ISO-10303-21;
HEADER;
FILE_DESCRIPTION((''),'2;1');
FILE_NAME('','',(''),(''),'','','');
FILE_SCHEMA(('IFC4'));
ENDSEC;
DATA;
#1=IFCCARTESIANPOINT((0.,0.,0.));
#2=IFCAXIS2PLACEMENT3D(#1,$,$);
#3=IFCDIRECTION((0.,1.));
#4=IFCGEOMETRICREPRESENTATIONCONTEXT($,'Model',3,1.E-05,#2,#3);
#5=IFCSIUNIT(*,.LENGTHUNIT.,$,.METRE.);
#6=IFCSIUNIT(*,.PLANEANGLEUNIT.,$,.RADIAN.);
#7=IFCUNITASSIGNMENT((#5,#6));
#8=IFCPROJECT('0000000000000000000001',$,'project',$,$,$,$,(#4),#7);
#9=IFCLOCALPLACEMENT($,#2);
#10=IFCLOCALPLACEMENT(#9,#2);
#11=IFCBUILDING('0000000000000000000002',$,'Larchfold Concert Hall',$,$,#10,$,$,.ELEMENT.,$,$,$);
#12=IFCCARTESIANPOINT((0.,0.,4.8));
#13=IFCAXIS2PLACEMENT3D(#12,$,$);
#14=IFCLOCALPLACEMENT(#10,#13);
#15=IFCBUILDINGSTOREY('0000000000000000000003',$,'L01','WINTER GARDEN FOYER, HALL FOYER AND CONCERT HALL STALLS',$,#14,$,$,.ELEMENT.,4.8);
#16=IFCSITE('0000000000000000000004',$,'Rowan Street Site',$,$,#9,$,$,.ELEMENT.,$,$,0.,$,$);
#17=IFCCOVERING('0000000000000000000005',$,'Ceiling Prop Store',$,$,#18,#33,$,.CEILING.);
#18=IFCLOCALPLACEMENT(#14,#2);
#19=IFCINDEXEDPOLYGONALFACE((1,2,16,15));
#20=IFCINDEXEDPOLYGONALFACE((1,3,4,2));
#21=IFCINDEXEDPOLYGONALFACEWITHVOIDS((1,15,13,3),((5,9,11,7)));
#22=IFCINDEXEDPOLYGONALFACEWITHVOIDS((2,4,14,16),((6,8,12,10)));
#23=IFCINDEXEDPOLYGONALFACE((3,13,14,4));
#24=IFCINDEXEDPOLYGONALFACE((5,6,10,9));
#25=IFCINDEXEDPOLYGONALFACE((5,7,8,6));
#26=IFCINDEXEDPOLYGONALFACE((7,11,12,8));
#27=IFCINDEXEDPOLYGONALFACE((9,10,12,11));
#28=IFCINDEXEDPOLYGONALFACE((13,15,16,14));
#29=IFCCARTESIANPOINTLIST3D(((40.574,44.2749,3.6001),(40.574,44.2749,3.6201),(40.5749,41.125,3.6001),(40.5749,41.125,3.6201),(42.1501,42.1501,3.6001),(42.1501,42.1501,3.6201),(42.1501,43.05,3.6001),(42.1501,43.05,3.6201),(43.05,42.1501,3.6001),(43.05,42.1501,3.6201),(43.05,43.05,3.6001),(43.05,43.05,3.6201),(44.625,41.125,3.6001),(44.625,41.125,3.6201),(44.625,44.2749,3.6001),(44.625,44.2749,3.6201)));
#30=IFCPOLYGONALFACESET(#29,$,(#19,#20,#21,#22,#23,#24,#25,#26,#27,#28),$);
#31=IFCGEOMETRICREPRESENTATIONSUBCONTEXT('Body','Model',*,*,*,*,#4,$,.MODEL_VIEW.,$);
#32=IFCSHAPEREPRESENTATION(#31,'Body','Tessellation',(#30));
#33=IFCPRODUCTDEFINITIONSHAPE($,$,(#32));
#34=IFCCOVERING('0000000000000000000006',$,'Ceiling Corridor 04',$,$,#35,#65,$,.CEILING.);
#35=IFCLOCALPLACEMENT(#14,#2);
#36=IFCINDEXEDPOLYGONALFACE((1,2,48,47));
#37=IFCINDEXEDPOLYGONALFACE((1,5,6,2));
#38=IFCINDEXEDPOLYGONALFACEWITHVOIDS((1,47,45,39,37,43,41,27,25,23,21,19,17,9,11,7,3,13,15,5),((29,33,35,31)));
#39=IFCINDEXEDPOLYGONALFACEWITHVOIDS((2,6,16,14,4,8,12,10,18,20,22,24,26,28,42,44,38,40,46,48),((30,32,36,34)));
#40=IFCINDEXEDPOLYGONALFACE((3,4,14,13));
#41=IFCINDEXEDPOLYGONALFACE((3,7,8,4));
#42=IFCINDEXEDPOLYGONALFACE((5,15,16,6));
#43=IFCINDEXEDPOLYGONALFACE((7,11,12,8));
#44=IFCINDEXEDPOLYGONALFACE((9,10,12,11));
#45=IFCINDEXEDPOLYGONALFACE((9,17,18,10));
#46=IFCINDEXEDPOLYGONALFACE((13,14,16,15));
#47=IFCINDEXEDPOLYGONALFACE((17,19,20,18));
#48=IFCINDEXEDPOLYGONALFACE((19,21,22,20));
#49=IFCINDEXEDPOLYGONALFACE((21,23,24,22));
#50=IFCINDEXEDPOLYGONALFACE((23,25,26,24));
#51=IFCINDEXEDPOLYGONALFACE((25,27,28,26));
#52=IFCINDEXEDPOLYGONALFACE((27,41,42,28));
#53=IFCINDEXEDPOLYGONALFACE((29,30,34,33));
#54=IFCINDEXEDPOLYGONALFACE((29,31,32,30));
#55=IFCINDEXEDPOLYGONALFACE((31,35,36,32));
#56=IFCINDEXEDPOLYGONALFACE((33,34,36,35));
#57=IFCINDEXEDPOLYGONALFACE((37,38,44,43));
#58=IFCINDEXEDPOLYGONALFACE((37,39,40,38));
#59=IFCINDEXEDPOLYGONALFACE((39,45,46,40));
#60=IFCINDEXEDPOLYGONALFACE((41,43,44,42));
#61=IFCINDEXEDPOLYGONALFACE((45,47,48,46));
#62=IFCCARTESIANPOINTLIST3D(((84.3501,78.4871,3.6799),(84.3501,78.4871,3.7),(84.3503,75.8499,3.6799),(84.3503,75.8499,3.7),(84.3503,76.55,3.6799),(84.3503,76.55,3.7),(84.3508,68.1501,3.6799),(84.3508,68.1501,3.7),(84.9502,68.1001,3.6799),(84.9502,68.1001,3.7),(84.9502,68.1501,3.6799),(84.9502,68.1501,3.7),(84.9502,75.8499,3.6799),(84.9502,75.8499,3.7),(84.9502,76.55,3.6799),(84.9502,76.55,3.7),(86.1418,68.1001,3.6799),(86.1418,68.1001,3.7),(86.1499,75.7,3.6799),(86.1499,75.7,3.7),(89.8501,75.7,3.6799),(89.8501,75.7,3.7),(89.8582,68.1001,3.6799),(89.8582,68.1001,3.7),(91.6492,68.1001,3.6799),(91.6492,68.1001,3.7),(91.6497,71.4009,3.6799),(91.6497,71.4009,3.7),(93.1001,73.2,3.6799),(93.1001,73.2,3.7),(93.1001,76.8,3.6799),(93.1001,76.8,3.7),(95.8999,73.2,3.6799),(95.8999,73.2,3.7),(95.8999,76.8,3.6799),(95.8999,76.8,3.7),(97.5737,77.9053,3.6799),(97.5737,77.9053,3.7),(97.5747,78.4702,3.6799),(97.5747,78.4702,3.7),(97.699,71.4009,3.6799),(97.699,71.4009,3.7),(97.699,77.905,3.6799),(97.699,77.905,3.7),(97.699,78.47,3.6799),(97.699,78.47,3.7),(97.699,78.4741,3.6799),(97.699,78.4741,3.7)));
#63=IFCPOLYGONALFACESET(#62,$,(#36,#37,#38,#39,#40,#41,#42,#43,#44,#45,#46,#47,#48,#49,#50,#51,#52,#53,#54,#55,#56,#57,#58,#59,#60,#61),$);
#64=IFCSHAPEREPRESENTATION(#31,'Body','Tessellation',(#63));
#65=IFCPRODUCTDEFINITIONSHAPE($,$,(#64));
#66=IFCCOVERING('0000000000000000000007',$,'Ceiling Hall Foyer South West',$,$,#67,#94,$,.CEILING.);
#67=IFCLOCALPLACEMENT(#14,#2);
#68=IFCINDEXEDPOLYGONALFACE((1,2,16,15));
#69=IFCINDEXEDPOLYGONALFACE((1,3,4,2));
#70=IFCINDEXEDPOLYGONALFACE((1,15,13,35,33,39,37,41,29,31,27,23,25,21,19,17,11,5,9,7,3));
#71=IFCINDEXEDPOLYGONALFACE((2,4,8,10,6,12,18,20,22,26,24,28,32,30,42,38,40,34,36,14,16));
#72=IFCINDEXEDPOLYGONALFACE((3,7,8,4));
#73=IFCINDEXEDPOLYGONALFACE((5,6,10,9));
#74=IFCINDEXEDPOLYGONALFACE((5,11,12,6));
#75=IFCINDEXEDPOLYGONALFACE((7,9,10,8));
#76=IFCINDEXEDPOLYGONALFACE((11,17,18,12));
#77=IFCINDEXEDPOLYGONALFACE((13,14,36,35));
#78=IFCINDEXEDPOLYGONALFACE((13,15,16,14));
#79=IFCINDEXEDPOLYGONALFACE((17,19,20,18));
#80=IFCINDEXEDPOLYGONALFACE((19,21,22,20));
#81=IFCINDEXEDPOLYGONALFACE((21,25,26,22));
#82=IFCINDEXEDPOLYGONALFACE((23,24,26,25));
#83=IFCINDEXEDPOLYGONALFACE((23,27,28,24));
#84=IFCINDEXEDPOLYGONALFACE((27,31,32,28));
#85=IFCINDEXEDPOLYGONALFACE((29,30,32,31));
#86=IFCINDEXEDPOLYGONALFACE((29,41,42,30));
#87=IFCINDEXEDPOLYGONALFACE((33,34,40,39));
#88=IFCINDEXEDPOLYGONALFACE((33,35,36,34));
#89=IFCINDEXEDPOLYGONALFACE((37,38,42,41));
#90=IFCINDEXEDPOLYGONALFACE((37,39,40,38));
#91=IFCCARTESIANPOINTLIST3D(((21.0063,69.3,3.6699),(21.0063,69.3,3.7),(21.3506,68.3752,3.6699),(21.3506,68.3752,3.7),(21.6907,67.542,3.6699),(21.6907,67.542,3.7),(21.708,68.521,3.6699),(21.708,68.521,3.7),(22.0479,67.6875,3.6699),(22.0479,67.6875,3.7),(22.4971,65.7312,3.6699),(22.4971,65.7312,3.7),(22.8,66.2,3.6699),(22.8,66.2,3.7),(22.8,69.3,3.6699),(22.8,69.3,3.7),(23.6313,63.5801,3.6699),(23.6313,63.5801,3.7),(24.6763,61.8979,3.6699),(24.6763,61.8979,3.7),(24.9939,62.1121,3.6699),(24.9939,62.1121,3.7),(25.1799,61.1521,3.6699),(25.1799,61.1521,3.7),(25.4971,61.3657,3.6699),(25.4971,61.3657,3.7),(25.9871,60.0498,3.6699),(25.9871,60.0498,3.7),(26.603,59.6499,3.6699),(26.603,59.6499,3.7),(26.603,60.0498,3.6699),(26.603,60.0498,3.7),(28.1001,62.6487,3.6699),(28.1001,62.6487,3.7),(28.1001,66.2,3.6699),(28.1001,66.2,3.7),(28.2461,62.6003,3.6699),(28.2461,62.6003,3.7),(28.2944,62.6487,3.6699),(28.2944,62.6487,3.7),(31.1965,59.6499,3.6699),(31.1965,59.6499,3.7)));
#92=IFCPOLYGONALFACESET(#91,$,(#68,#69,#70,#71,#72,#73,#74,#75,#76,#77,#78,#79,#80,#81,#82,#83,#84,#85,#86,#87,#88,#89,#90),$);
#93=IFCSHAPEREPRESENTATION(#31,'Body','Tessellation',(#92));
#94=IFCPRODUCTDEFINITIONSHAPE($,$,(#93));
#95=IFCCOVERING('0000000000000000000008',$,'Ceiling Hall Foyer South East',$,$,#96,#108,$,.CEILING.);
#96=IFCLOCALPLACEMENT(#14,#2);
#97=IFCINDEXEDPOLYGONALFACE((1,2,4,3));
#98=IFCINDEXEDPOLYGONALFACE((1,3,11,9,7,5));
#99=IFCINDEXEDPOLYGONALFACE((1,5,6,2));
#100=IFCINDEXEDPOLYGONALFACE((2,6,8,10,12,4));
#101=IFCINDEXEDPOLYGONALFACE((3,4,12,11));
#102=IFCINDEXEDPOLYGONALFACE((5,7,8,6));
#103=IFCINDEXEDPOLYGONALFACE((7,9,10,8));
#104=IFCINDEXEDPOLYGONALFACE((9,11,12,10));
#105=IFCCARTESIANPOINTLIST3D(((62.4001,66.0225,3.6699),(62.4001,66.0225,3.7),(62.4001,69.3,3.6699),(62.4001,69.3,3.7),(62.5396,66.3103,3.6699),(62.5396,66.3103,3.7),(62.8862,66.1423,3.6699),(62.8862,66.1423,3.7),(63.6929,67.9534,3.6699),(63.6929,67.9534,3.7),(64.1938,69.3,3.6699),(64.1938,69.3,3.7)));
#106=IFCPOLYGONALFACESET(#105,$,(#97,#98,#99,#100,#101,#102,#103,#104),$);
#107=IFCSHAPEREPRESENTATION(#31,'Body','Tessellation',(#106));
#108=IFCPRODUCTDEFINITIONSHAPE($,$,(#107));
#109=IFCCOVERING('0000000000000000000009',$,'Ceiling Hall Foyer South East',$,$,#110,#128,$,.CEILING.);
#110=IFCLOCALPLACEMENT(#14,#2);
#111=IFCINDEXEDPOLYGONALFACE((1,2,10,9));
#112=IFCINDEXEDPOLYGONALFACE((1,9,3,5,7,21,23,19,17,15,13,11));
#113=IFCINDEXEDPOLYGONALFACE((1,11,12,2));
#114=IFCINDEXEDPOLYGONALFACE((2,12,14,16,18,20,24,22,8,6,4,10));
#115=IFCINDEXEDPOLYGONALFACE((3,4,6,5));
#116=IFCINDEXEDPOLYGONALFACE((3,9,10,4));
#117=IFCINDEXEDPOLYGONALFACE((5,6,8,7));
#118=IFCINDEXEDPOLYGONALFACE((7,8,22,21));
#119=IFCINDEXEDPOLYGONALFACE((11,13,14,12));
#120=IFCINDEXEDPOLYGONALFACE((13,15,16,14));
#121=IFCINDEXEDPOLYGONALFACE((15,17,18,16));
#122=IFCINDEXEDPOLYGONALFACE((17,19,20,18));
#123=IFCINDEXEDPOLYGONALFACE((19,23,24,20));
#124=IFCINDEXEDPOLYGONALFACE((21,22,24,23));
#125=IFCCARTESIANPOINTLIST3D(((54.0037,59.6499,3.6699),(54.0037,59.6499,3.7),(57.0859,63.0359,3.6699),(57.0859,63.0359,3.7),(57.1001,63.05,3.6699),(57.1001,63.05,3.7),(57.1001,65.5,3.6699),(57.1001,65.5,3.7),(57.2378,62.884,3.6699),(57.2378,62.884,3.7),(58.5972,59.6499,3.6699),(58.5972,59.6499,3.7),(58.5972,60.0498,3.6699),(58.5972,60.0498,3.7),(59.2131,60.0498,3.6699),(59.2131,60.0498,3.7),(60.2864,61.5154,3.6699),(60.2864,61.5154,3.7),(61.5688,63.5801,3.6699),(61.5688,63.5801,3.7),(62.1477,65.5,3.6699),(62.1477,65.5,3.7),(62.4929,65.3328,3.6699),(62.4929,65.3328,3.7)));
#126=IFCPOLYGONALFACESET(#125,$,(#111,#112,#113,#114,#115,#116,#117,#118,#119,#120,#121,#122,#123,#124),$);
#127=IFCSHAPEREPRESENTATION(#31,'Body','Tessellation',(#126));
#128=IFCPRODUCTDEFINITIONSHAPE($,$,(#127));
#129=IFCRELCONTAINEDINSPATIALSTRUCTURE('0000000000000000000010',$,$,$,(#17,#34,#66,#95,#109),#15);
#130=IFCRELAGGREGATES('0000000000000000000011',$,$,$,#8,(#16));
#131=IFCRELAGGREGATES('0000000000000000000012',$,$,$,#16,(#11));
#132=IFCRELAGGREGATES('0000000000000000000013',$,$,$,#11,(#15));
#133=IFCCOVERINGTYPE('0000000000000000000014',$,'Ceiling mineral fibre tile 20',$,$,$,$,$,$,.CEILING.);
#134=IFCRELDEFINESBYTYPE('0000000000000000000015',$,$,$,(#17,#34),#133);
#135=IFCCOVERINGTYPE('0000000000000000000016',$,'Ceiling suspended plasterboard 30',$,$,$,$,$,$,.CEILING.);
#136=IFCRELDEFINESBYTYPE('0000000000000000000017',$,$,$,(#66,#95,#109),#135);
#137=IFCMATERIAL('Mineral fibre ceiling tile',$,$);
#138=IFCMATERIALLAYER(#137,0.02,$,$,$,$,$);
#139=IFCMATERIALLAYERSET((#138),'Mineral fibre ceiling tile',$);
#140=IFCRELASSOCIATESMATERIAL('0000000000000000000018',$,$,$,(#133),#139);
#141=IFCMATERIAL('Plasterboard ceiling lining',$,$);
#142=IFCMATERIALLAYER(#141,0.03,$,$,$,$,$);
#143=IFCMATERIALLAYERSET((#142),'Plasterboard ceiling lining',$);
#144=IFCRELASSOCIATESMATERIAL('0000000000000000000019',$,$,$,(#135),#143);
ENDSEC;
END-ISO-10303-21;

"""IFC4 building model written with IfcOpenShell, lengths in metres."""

from ifc_helpers import new_model, si_unit, direction, frame, origin, place, context, subcontext, project, spatial, polyline, outline, extrude, material, layer, layer_set, type_object, element, save


model = new_model("IFC4")

# Units and contexts
model_context = context("Model", 3, precision=1e-05, world=origin(), true_north=direction((0.0, 1.0)))
body_context = subcontext(model_context, "Body", "Model", "MODEL_VIEW")
ifc_project = project(units=[si_unit("LENGTHUNIT", "METRE"), si_unit("PLANEANGLEUNIT", "RADIAN")], contexts=[model_context])

# Site, building, storey
site_placement = place(None, origin())
site = spatial("IfcSite", under=ifc_project, at=site_placement, Name="Rowan Street Site", CompositionType="ELEMENT", RefElevation=0.0)
building_placement = place(site_placement, origin())
building = spatial("IfcBuilding", under=site, at=building_placement, Name="Larchfold Concert Hall", CompositionType="ELEMENT")
storey_placement = place(building_placement, frame((0.0, 0.0, 4.8)))
storey = spatial("IfcBuildingStorey", under=building, at=storey_placement, Name="L01", Description="WINTER GARDEN FOYER, HALL FOYER AND CONCERT HALL STALLS", CompositionType="ELEMENT", Elevation=4.8)

# Coverings
ifc_material_1 = material(Name="Mineral fibre ceiling tile")
ifc_layer_1 = layer(ifc_material_1, 0.02)
ifc_layer_set_1 = layer_set([ifc_layer_1], Name="Mineral fibre ceiling tile")
covering_type_1 = type_object("IfcCoveringType", Name="Ceiling mineral fibre tile 20", PredefinedType="CEILING", material=ifc_layer_set_1)
covering_1_placement = place(storey_placement, frame((0.0, 0.0, 3.6001)))
element("IfcCovering", 1, at=covering_1_placement, inside=storey, type_object=covering_type_1, Name="Ceiling Prop Store", PredefinedType="CEILING", context=body_context, shape_type="SweptSolid", body=[
    extrude(outline(polyline([(40.575, 41.0), (40.575, 41.125), (44.625, 41.125), (44.625, 44.2749), (40.574, 44.2749), (40.575, 41.0)]), holes=[polyline([(42.1501, 42.1501), (42.1501, 43.05), (43.05, 43.05), (43.05, 42.1501), (42.1501, 42.1501)])]), origin(), (0.0, 0.0, 1.0), 0.02),
])
covering_2_placement = place(storey_placement, frame((0.0, 0.0, 3.6799)))
element("IfcCovering", 2, at=covering_2_placement, inside=storey, type_object=covering_type_1, Name="Ceiling Corridor 04", PredefinedType="CEILING", context=body_context, shape_type="SweptSolid", body=[
    extrude(outline(polyline([(86.1499, 75.7), (89.8501, 75.7), (89.8582, 68.1001), (91.6492, 68.1001), (91.6497, 71.4009), (97.699, 71.4009), (97.699, 77.905), (97.5737, 77.9053), (97.5747, 78.4702), (97.699, 78.47), (97.699, 78.4741), (84.3501, 78.4871), (84.3503, 76.55), (84.9502, 76.55), (84.9502, 75.8499), (84.3503, 75.8499), (84.3508, 68.1501), (84.9502, 68.1501), (84.9502, 68.1001), (86.1418, 68.1001), (86.1499, 75.7)]), holes=[polyline([(93.1001, 73.2), (93.1001, 76.8), (95.8999, 76.8), (95.8999, 73.2), (93.1001, 73.2)])]), origin(), (0.0, 0.0, 1.0), 0.02),
])
ifc_material_2 = material(Name="Plasterboard ceiling lining")
ifc_layer_2 = layer(ifc_material_2, 0.03)
ifc_layer_set_2 = layer_set([ifc_layer_2], Name="Plasterboard ceiling lining")
covering_type_2 = type_object("IfcCoveringType", Name="Ceiling suspended plasterboard 30", PredefinedType="CEILING", material=ifc_layer_set_2)
covering_3_placement = place(storey_placement, frame((0.0, 0.0, 3.6699)))
element("IfcCovering", 3, at=covering_3_placement, inside=storey, type_object=covering_type_2, Name="Ceiling Hall Foyer South West", PredefinedType="CEILING", context=body_context, shape_type="SweptSolid", body=[
    extrude(outline(polyline([(28.1001, 66.2), (22.8, 66.2), (22.8, 69.3), (21.0063, 69.3), (21.3506, 68.3752), (21.708, 68.521), (22.0479, 67.6875), (21.6907, 67.542), (22.4971, 65.7312), (23.6313, 63.5801), (24.6763, 61.8979), (24.9939, 62.1121), (25.4971, 61.3657), (25.1799, 61.1521), (25.9871, 60.0498), (26.603, 60.0498), (26.603, 59.6499), (31.1965, 59.6499), (28.2461, 62.6003), (28.2944, 62.6487), (28.1001, 62.6487), (28.1001, 66.2)])), origin(), (0.0, 0.0, 1.0), 0.03),
])
covering_4_placement = place(storey_placement, frame((0.0, 0.0, 3.6699)))
element("IfcCovering", 4, at=covering_4_placement, inside=storey, type_object=covering_type_2, Name="Ceiling Hall Foyer South East", PredefinedType="CEILING", context=body_context, shape_type="SweptSolid", body=[
    extrude(outline(polyline([(62.8862, 66.1423), (63.6929, 67.9534), (64.1938, 69.3), (62.4001, 69.3), (62.4001, 66.0225), (62.5396, 66.3103), (62.8862, 66.1423)])), origin(), (0.0, 0.0, 1.0), 0.03),
])
covering_5_placement = place(storey_placement, frame((0.0, 0.0, 3.6699)))
element("IfcCovering", 5, at=covering_5_placement, inside=storey, type_object=covering_type_2, Name="Ceiling Hall Foyer South East", PredefinedType="CEILING", context=body_context, shape_type="SweptSolid", body=[
    extrude(outline(polyline([(61.5688, 63.5801), (62.4929, 65.3328), (62.1477, 65.5), (57.1001, 65.5), (57.1001, 63.05), (57.0859, 63.0359), (57.2378, 62.884), (54.0037, 59.6499), (58.5972, 59.6499), (58.5972, 60.0498), (59.2131, 60.0498), (60.2864, 61.5154), (61.5688, 63.5801)])), origin(), (0.0, 0.0, 1.0), 0.03),
])

save(model, "model.ifc")
